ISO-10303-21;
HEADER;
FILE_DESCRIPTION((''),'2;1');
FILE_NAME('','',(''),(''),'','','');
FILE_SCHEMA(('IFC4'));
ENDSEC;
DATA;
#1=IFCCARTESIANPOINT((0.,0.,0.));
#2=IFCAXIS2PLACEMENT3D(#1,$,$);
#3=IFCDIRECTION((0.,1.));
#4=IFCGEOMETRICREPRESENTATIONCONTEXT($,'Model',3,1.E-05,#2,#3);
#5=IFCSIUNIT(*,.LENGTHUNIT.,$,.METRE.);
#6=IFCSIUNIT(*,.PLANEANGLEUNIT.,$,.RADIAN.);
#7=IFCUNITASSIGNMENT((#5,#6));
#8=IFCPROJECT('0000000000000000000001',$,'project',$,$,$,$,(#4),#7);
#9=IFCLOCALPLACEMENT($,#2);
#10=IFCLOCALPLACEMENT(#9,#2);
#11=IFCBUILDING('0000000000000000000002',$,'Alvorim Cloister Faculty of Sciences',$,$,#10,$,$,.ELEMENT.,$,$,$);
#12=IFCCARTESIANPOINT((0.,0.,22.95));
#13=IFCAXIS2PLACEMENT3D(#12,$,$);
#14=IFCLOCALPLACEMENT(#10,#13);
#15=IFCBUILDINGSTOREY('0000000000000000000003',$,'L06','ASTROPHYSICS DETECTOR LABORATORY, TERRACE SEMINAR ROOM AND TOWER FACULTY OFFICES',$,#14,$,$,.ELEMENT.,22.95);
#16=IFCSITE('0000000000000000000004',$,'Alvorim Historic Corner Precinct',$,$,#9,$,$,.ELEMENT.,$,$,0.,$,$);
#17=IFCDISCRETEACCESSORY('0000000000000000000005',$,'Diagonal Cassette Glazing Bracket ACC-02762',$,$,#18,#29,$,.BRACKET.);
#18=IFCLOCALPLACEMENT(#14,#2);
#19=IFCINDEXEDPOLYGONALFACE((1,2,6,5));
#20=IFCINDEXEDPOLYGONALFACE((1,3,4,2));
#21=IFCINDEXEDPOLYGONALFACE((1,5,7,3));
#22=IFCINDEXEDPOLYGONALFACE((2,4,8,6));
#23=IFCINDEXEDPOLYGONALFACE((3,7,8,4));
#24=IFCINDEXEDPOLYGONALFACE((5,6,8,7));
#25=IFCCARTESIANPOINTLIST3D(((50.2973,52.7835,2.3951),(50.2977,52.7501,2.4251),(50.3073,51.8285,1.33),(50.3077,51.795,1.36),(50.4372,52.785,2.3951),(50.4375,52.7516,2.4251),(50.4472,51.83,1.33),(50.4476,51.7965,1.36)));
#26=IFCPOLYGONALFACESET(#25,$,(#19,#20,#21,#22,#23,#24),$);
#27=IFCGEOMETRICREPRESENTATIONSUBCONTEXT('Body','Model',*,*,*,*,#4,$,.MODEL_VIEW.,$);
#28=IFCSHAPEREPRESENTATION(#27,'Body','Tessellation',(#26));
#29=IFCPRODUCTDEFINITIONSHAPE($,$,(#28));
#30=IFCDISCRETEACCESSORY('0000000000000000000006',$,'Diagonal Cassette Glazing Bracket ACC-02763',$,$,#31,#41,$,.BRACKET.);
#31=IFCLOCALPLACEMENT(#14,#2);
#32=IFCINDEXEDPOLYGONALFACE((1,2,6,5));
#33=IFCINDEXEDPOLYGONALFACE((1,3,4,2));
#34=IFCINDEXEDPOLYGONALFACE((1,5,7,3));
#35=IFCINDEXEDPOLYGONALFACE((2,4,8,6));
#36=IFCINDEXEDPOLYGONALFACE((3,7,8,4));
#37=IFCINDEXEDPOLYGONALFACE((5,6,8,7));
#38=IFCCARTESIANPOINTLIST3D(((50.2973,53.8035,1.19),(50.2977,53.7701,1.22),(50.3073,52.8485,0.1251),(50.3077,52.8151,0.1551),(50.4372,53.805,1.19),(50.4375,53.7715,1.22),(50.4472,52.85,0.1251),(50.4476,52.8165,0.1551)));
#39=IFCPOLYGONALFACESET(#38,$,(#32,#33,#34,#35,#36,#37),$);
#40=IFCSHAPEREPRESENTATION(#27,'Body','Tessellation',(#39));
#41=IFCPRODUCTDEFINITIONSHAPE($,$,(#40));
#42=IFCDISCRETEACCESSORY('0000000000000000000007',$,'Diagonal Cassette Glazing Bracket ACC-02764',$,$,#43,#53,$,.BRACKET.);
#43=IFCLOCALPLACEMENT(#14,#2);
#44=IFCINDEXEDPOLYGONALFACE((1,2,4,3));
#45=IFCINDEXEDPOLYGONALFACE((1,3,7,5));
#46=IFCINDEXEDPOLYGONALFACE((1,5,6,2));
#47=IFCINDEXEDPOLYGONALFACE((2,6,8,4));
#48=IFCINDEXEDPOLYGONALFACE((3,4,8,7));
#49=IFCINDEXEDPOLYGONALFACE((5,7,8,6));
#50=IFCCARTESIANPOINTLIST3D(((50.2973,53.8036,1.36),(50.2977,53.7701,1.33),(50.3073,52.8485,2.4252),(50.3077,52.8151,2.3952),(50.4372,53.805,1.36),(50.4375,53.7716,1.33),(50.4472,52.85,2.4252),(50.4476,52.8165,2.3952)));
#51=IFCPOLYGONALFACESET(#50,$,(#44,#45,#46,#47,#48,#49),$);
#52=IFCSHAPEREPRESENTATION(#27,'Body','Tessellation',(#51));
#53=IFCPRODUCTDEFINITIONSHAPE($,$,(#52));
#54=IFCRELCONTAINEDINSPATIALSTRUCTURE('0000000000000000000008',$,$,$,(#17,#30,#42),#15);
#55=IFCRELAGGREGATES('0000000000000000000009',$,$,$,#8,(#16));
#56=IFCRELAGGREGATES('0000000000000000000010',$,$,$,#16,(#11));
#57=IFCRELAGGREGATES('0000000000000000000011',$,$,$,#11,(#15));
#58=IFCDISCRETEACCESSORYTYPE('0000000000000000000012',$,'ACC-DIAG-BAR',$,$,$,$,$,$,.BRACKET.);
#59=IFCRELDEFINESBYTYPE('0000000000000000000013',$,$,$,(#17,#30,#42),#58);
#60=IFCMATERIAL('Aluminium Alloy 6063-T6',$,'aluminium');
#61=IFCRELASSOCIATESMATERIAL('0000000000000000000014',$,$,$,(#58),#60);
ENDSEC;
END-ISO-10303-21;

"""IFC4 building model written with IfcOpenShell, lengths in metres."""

from ifc_helpers import new_model, si_unit, direction, frame, origin, origin_2d, place, context, subcontext, project, spatial, rectangle, extrude, material, type_object, element, save


model = new_model("IFC4")

# Units and contexts
model_context = context("Model", 3, precision=1e-05, world=origin(), true_north=direction((0.0, 1.0)))
body_context = subcontext(model_context, "Body", "Model", "MODEL_VIEW")
ifc_project = project(units=[si_unit("LENGTHUNIT", "METRE"), si_unit("PLANEANGLEUNIT", "RADIAN")], contexts=[model_context])

# Site, building, storey
site_placement = place(None, origin())
site = spatial("IfcSite", under=ifc_project, at=site_placement, Name="Alvorim Historic Corner Precinct", CompositionType="ELEMENT", RefElevation=0.0)
building_placement = place(site_placement, origin())
building = spatial("IfcBuilding", under=site, at=building_placement, Name="Alvorim Cloister Faculty of Sciences", CompositionType="ELEMENT")
storey_placement = place(building_placement, frame((0.0, 0.0, 22.95)))
storey = spatial("IfcBuildingStorey", under=building, at=storey_placement, Name="L06", Description="ASTROPHYSICS DETECTOR LABORATORY, TERRACE SEMINAR ROOM AND TOWER FACULTY OFFICES", CompositionType="ELEMENT", Elevation=22.95)

# Shared definitions
ifc_material_1 = material(Name="Aluminium Alloy 6063-T6", Category="aluminium")

# Discrete accessories
discrete_accessory_type = type_object("IfcDiscreteAccessoryType", Name="ACC-DIAG-BAR", PredefinedType="BRACKET", material=ifc_material_1)
discrete_accessory_1_placement = place(storey_placement, frame((50.3774, 51.8125, 1.345), z_axis=(-0.006996, 0.667561, 0.744522), x_axis=(-0.999945, -0.01048, 0.0)))
element("IfcDiscreteAccessory", 1, at=discrete_accessory_1_placement, inside=storey, type_object=discrete_accessory_type, Name="Diagonal Cassette Glazing Bracket ACC-02762", PredefinedType="BRACKET", context=body_context, shape_type="SweptSolid", body=[
    extrude(rectangle(XDim=0.1399, YDim=0.0449, at=origin_2d()), origin(), (0.0, 0.0, 1.0), 1.4307),
])
discrete_accessory_2_placement = place(storey_placement, frame((50.3774, 52.8325, 0.1401), z_axis=(-0.006997, 0.667646, 0.744446), x_axis=(-0.999945, -0.01048, 0.0)))
element("IfcDiscreteAccessory", 2, at=discrete_accessory_2_placement, inside=storey, type_object=discrete_accessory_type, Name="Diagonal Cassette Glazing Bracket ACC-02763", PredefinedType="BRACKET", context=body_context, shape_type="SweptSolid", body=[
    extrude(rectangle(XDim=0.1399, YDim=0.0449, at=origin_2d()), origin(), (0.0, 0.0, 1.0), 1.4304),
])
discrete_accessory_3_placement = place(storey_placement, frame((50.3774, 52.8325, 2.4102), z_axis=(-0.006996, 0.667561, -0.744522), x_axis=(-0.999945, -0.01048, 0.0)))
element("IfcDiscreteAccessory", 3, at=discrete_accessory_3_placement, inside=storey, type_object=discrete_accessory_type, Name="Diagonal Cassette Glazing Bracket ACC-02764", PredefinedType="BRACKET", context=body_context, shape_type="SweptSolid", body=[
    extrude(rectangle(XDim=0.1399, YDim=0.0449, at=origin_2d()), origin(), (0.0, 0.0, 1.0), 1.4307),
])

save(model, "model.ifc")
